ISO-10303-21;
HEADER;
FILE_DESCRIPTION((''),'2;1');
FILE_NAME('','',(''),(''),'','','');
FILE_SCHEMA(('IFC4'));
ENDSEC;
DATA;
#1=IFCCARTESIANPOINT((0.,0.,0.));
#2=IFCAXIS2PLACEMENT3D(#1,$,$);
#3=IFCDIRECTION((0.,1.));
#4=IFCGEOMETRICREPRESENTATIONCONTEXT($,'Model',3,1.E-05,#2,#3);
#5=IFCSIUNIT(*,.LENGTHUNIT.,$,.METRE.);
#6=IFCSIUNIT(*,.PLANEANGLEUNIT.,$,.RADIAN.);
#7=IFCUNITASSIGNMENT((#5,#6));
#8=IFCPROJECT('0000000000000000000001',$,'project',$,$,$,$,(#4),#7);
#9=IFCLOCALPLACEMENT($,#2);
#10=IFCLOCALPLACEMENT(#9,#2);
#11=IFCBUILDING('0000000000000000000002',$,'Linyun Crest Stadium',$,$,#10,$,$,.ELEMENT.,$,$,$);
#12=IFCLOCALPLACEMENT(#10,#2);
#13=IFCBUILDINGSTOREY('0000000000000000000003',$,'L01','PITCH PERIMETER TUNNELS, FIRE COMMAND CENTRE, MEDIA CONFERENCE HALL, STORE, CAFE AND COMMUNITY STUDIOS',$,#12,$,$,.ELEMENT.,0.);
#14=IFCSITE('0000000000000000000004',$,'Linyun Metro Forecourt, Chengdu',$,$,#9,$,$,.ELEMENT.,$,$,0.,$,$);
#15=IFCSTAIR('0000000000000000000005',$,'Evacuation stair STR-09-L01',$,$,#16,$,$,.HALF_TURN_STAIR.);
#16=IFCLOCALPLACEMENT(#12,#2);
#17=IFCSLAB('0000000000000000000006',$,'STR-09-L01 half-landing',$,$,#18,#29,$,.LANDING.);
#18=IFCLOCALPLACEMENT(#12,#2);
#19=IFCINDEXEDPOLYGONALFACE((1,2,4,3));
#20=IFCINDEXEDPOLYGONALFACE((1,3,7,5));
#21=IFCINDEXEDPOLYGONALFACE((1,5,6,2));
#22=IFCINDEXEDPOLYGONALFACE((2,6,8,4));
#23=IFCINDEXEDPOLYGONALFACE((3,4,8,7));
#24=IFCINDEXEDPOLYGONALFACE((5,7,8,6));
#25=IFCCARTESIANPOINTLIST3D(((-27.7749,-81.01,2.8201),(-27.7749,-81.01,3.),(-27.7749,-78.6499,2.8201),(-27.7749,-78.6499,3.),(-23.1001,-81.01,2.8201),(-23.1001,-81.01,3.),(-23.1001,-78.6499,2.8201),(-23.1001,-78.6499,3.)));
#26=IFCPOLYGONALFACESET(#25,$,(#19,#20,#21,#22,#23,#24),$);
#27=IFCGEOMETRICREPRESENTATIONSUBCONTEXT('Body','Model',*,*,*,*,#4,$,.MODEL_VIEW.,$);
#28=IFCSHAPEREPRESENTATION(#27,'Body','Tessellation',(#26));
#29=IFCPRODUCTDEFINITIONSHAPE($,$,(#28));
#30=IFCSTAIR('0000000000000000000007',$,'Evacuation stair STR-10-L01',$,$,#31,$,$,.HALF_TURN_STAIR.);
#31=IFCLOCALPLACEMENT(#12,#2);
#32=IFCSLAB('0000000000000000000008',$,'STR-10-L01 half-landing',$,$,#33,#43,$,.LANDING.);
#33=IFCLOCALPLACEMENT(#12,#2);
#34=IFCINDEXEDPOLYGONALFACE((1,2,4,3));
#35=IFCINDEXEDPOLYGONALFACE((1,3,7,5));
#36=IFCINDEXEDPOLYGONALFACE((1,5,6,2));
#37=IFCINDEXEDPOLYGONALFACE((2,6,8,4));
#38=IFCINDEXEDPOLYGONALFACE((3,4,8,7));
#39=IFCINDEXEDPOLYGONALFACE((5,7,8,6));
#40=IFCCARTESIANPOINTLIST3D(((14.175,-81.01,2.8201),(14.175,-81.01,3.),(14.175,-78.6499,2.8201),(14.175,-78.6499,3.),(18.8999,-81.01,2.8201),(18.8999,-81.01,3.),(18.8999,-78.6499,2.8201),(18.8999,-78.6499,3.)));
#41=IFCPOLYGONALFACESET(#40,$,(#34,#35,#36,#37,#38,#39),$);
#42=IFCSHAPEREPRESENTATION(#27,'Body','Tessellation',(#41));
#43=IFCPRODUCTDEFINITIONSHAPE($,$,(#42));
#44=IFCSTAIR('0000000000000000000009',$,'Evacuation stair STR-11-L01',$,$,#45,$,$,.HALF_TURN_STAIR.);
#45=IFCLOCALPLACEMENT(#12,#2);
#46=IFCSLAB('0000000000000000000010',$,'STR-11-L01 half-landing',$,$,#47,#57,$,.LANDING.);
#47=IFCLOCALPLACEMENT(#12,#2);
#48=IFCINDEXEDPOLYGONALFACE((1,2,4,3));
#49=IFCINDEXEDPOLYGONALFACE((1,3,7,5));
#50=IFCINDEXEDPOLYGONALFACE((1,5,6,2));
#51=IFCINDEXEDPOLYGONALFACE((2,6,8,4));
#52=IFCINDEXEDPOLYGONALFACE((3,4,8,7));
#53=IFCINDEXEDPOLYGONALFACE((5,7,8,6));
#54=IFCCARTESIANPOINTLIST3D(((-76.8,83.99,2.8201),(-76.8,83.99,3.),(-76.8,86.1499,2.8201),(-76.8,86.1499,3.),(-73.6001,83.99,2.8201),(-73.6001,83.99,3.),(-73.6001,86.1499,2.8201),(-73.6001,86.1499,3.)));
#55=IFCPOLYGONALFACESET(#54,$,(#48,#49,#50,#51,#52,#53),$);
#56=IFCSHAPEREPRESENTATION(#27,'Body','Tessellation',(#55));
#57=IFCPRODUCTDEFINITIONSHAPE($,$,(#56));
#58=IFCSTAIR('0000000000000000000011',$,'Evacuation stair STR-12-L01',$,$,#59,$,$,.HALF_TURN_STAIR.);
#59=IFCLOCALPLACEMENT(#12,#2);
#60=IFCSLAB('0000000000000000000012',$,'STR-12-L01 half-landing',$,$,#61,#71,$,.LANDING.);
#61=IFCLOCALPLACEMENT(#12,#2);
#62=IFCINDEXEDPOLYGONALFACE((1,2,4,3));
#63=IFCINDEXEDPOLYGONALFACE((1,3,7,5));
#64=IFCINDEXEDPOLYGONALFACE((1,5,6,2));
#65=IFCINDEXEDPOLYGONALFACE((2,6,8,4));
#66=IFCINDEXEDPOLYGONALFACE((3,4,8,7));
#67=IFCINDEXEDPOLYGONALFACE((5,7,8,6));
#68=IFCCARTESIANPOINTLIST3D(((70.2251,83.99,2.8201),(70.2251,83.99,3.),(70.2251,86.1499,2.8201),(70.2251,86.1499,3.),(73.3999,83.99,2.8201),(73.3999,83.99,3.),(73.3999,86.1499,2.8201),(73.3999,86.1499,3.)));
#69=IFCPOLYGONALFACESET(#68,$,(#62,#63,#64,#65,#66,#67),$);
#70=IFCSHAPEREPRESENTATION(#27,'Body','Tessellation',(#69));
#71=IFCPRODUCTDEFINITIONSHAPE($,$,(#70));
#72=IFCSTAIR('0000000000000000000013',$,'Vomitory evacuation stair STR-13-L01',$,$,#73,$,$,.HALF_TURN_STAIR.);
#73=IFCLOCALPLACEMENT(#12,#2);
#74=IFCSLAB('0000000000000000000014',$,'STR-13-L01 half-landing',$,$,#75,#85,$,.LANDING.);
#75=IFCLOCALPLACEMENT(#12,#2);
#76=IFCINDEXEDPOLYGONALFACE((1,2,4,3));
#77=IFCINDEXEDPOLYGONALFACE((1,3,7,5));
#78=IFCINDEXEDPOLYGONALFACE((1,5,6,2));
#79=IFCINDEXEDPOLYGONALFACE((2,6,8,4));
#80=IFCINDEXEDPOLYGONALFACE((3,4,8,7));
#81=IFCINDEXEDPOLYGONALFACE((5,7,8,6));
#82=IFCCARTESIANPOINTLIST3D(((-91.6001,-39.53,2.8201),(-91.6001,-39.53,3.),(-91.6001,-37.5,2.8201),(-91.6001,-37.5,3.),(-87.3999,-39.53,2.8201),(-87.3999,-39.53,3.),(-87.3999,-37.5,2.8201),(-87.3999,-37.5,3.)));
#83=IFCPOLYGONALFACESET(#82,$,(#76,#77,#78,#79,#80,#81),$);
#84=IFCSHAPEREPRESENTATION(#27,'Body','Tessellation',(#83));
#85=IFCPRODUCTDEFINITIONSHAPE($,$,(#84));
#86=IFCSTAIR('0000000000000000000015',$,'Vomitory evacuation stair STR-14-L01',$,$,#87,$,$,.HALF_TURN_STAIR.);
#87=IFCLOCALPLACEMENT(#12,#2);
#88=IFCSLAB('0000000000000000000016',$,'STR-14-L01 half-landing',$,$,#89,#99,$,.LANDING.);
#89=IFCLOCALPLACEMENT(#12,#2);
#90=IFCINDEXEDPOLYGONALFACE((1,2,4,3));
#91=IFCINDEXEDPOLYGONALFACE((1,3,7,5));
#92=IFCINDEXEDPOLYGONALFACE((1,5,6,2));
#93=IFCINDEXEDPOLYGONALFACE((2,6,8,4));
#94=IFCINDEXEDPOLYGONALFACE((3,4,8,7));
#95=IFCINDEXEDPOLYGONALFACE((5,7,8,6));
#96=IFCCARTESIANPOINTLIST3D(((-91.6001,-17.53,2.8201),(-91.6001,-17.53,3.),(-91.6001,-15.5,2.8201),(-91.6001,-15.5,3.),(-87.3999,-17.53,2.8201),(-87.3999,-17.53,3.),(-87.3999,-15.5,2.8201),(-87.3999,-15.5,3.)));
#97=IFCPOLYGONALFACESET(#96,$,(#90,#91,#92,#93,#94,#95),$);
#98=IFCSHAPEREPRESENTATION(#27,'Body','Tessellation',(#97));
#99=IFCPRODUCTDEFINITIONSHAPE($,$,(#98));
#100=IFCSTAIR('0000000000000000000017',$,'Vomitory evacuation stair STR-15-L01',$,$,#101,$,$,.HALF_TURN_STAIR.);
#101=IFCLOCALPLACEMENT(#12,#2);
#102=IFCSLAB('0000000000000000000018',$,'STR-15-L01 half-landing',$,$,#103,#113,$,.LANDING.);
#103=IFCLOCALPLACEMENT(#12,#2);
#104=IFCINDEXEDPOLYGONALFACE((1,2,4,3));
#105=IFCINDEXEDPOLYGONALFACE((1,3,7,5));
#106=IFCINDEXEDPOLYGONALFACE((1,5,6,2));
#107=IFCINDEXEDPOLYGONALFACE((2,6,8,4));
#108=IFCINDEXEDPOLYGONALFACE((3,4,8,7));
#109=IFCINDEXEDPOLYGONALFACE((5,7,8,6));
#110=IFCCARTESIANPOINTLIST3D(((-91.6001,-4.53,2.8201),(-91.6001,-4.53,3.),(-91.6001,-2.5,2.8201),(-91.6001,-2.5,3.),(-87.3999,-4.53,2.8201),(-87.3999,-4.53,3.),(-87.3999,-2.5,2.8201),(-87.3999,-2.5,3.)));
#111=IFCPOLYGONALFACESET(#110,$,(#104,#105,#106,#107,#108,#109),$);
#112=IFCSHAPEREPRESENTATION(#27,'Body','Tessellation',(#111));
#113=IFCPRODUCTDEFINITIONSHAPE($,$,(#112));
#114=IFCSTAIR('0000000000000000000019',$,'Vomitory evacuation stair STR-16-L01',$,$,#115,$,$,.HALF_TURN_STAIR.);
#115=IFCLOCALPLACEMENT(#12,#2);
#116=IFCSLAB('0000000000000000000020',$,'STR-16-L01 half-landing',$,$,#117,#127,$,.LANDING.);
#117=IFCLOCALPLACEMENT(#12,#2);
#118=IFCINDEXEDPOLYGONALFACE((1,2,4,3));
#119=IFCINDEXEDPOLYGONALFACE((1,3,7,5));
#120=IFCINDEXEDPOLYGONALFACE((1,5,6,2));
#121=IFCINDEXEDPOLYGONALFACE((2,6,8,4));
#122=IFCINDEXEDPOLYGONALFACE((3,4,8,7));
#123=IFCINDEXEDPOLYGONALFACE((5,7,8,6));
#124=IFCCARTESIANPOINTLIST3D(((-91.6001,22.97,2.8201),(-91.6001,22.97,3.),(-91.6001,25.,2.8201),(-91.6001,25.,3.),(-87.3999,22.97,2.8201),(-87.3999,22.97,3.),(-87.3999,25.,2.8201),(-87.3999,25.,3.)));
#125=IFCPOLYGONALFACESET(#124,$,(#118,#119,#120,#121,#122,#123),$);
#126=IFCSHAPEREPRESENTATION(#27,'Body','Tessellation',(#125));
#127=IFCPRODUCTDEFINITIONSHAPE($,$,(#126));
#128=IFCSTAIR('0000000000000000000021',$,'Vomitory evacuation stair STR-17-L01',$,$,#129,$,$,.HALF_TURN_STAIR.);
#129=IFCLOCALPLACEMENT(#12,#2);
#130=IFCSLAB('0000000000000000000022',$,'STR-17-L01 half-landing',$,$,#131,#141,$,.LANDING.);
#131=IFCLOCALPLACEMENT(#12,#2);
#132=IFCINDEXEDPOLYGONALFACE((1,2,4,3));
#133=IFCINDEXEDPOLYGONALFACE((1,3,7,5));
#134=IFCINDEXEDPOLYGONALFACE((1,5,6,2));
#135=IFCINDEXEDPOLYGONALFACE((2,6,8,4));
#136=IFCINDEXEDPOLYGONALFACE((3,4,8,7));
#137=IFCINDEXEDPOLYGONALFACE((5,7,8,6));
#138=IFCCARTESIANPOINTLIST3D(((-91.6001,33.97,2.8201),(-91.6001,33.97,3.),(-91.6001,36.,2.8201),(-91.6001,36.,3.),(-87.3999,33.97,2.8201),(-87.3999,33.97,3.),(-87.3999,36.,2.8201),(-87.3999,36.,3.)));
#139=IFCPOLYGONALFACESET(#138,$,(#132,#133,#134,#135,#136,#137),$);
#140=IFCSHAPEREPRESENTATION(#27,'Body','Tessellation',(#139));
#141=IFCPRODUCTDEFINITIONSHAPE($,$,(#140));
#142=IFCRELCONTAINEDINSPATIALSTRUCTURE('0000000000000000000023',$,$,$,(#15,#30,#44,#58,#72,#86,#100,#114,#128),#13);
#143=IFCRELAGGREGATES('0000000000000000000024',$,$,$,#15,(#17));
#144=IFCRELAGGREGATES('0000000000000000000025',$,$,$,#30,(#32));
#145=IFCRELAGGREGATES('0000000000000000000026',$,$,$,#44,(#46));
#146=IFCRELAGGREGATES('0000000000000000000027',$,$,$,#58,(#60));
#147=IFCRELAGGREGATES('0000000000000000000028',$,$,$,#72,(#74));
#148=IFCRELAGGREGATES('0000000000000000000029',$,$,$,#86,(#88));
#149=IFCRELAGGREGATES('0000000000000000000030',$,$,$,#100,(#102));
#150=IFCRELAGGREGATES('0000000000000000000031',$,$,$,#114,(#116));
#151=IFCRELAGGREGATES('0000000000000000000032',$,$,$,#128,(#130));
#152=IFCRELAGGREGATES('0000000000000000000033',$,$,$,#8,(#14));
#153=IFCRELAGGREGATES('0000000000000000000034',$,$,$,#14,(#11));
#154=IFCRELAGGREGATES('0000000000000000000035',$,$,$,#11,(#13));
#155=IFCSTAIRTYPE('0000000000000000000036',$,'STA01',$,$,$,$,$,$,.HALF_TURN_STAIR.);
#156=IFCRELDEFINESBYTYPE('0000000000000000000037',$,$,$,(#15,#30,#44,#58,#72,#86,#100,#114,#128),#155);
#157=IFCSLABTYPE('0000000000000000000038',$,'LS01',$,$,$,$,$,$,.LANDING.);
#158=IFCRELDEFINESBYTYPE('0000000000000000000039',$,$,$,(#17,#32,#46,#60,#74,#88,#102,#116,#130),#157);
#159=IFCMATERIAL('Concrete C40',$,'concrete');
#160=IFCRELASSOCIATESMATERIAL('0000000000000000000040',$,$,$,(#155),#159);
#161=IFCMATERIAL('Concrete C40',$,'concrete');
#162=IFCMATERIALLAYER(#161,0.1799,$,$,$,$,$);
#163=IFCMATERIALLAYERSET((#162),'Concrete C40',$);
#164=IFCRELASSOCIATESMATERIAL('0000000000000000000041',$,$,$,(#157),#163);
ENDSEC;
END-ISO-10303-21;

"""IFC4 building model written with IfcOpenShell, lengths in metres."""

from ifc_helpers import new_model, si_unit, direction, frame, origin, place, context, subcontext, project, spatial, polyline, outline, extrude, material, layer, layer_set, type_object, element, aggregate, save


model = new_model("IFC4")

# Units and contexts
model_context = context("Model", 3, precision=1e-05, world=origin(), true_north=direction((0.0, 1.0)))
body_context = subcontext(model_context, "Body", "Model", "MODEL_VIEW")
ifc_project = project(units=[si_unit("LENGTHUNIT", "METRE"), si_unit("PLANEANGLEUNIT", "RADIAN")], contexts=[model_context])

# Site, building, storey
site_placement = place(None, origin())
site = spatial("IfcSite", under=ifc_project, at=site_placement, Name="Linyun Metro Forecourt, Chengdu", CompositionType="ELEMENT", RefElevation=0.0)
building_placement = place(site_placement, origin())
building = spatial("IfcBuilding", under=site, at=building_placement, Name="Linyun Crest Stadium", CompositionType="ELEMENT")
storey_placement = place(building_placement, origin())
storey = spatial("IfcBuildingStorey", under=building, at=storey_placement, Name="L01", Description="PITCH PERIMETER TUNNELS, FIRE COMMAND CENTRE, MEDIA CONFERENCE HALL, STORE, CAFE AND COMMUNITY STUDIOS", CompositionType="ELEMENT", Elevation=0.0)

# Stairs, slabs
ifc_material_1 = material(Name="Concrete C40", Category="concrete")
stair_type = type_object("IfcStairType", Name="STA01", PredefinedType="HALF_TURN_STAIR", material=ifc_material_1)
ifc_material_2 = material(Name="Concrete C40", Category="concrete")
ifc_layer_1 = layer(ifc_material_2, 0.1799)
ifc_layer_set_1 = layer_set([ifc_layer_1], Name="Concrete C40")
slab_type_1 = type_object("IfcSlabType", Name="LS01", PredefinedType="LANDING", material=ifc_layer_set_1)
stair_1_placement = place(storey_placement, origin())
stair_1 = element("IfcStair", 1, at=stair_1_placement, inside=storey, type_object=stair_type, Name="Evacuation stair STR-09-L01", PredefinedType="HALF_TURN_STAIR")
slab_1_placement = place(storey_placement, frame((0.0, 0.0, 2.8201)))
slab_1 = element("IfcSlab", 2, at=slab_1_placement, type_object=slab_type_1, Name="STR-09-L01 half-landing", PredefinedType="LANDING", context=body_context, shape_type="SweptSolid", body=[
    extrude(outline(polyline([(-27.7749, -81.01), (-23.1001, -81.01), (-23.1001, -78.6499), (-27.7749, -78.6499), (-27.7749, -81.01)])), origin(), (0.0, 0.0, 1.0), 0.1799),
])
aggregate(stair_1, [slab_1])
stair_2_placement = place(storey_placement, origin())
stair_2 = element("IfcStair", 3, at=stair_2_placement, inside=storey, type_object=stair_type, Name="Evacuation stair STR-10-L01", PredefinedType="HALF_TURN_STAIR")
slab_2_placement = place(storey_placement, frame((0.0, 0.0, 2.8201)))
slab_2 = element("IfcSlab", 4, at=slab_2_placement, type_object=slab_type_1, Name="STR-10-L01 half-landing", PredefinedType="LANDING", context=body_context, shape_type="SweptSolid", body=[
    extrude(outline(polyline([(14.175, -81.01), (18.8999, -81.01), (18.8999, -78.6499), (14.175, -78.6499), (14.175, -81.01)])), origin(), (0.0, 0.0, 1.0), 0.1799),
])
aggregate(stair_2, [slab_2])
stair_3_placement = place(storey_placement, origin())
stair_3 = element("IfcStair", 5, at=stair_3_placement, inside=storey, type_object=stair_type, Name="Evacuation stair STR-11-L01", PredefinedType="HALF_TURN_STAIR")
slab_3_placement = place(storey_placement, frame((0.0, 0.0, 2.8201)))
slab_3 = element("IfcSlab", 6, at=slab_3_placement, type_object=slab_type_1, Name="STR-11-L01 half-landing", PredefinedType="LANDING", context=body_context, shape_type="SweptSolid", body=[
    extrude(outline(polyline([(-76.8, 83.99), (-73.6001, 83.99), (-73.6001, 86.1499), (-76.8, 86.1499), (-76.8, 83.99)])), origin(), (0.0, 0.0, 1.0), 0.1799),
])
aggregate(stair_3, [slab_3])
stair_4_placement = place(storey_placement, origin())
stair_4 = element("IfcStair", 7, at=stair_4_placement, inside=storey, type_object=stair_type, Name="Evacuation stair STR-12-L01", PredefinedType="HALF_TURN_STAIR")
slab_4_placement = place(storey_placement, frame((0.0, 0.0, 2.8201)))
slab_4 = element("IfcSlab", 8, at=slab_4_placement, type_object=slab_type_1, Name="STR-12-L01 half-landing", PredefinedType="LANDING", context=body_context, shape_type="SweptSolid", body=[
    extrude(outline(polyline([(70.2251, 83.99), (73.3999, 83.99), (73.3999, 86.1499), (70.2251, 86.1499), (70.2251, 83.99)])), origin(), (0.0, 0.0, 1.0), 0.1799),
])
aggregate(stair_4, [slab_4])
stair_5_placement = place(storey_placement, origin())
stair_5 = element("IfcStair", 9, at=stair_5_placement, inside=storey, type_object=stair_type, Name="Vomitory evacuation stair STR-13-L01", PredefinedType="HALF_TURN_STAIR")
slab_5_placement = place(storey_placement, frame((0.0, 0.0, 2.8201)))
slab_5 = element("IfcSlab", 10, at=slab_5_placement, type_object=slab_type_1, Name="STR-13-L01 half-landing", PredefinedType="LANDING", context=body_context, shape_type="SweptSolid", body=[
    extrude(outline(polyline([(-91.6001, -39.53), (-87.3999, -39.53), (-87.3999, -37.5), (-91.6001, -37.5), (-91.6001, -39.53)])), origin(), (0.0, 0.0, 1.0), 0.1799),
])
aggregate(stair_5, [slab_5])
stair_6_placement = place(storey_placement, origin())
stair_6 = element("IfcStair", 11, at=stair_6_placement, inside=storey, type_object=stair_type, Name="Vomitory evacuation stair STR-14-L01", PredefinedType="HALF_TURN_STAIR")
slab_6_placement = place(storey_placement, frame((0.0, 0.0, 2.8201)))
slab_6 = element("IfcSlab", 12, at=slab_6_placement, type_object=slab_type_1, Name="STR-14-L01 half-landing", PredefinedType="LANDING", context=body_context, shape_type="SweptSolid", body=[
    extrude(outline(polyline([(-91.6001, -17.53), (-87.3999, -17.53), (-87.3999, -15.5), (-91.6001, -15.5), (-91.6001, -17.53)])), origin(), (0.0, 0.0, 1.0), 0.1799),
])
aggregate(stair_6, [slab_6])
stair_7_placement = place(storey_placement, origin())
stair_7 = element("IfcStair", 13, at=stair_7_placement, inside=storey, type_object=stair_type, Name="Vomitory evacuation stair STR-15-L01", PredefinedType="HALF_TURN_STAIR")
slab_7_placement = place(storey_placement, frame((0.0, 0.0, 2.8201)))
slab_7 = element("IfcSlab", 14, at=slab_7_placement, type_object=slab_type_1, Name="STR-15-L01 half-landing", PredefinedType="LANDING", context=body_context, shape_type="SweptSolid", body=[
    extrude(outline(polyline([(-91.6001, -4.53), (-87.3999, -4.53), (-87.3999, -2.5), (-91.6001, -2.5), (-91.6001, -4.53)])), origin(), (0.0, 0.0, 1.0), 0.1799),
])
aggregate(stair_7, [slab_7])
stair_8_placement = place(storey_placement, origin())
stair_8 = element("IfcStair", 15, at=stair_8_placement, inside=storey, type_object=stair_type, Name="Vomitory evacuation stair STR-16-L01", PredefinedType="HALF_TURN_STAIR")
slab_8_placement = place(storey_placement, frame((0.0, 0.0, 2.8201)))
slab_8 = element("IfcSlab", 16, at=slab_8_placement, type_object=slab_type_1, Name="STR-16-L01 half-landing", PredefinedType="LANDING", context=body_context, shape_type="SweptSolid", body=[
    extrude(outline(polyline([(-91.6001, 22.97), (-87.3999, 22.97), (-87.3999, 25.0), (-91.6001, 25.0), (-91.6001, 22.97)])), origin(), (0.0, 0.0, 1.0), 0.1799),
])
aggregate(stair_8, [slab_8])
stair_9_placement = place(storey_placement, origin())
stair_9 = element("IfcStair", 17, at=stair_9_placement, inside=storey, type_object=stair_type, Name="Vomitory evacuation stair STR-17-L01", PredefinedType="HALF_TURN_STAIR")
slab_9_placement = place(storey_placement, frame((0.0, 0.0, 2.8201)))
slab_9 = element("IfcSlab", 18, at=slab_9_placement, type_object=slab_type_1, Name="STR-17-L01 half-landing", PredefinedType="LANDING", context=body_context, shape_type="SweptSolid", body=[
    extrude(outline(polyline([(-91.6001, 33.97), (-87.3999, 33.97), (-87.3999, 36.0), (-91.6001, 36.0), (-91.6001, 33.97)])), origin(), (0.0, 0.0, 1.0), 0.1799),
])
aggregate(stair_9, [slab_9])

save(model, "model.ifc")
